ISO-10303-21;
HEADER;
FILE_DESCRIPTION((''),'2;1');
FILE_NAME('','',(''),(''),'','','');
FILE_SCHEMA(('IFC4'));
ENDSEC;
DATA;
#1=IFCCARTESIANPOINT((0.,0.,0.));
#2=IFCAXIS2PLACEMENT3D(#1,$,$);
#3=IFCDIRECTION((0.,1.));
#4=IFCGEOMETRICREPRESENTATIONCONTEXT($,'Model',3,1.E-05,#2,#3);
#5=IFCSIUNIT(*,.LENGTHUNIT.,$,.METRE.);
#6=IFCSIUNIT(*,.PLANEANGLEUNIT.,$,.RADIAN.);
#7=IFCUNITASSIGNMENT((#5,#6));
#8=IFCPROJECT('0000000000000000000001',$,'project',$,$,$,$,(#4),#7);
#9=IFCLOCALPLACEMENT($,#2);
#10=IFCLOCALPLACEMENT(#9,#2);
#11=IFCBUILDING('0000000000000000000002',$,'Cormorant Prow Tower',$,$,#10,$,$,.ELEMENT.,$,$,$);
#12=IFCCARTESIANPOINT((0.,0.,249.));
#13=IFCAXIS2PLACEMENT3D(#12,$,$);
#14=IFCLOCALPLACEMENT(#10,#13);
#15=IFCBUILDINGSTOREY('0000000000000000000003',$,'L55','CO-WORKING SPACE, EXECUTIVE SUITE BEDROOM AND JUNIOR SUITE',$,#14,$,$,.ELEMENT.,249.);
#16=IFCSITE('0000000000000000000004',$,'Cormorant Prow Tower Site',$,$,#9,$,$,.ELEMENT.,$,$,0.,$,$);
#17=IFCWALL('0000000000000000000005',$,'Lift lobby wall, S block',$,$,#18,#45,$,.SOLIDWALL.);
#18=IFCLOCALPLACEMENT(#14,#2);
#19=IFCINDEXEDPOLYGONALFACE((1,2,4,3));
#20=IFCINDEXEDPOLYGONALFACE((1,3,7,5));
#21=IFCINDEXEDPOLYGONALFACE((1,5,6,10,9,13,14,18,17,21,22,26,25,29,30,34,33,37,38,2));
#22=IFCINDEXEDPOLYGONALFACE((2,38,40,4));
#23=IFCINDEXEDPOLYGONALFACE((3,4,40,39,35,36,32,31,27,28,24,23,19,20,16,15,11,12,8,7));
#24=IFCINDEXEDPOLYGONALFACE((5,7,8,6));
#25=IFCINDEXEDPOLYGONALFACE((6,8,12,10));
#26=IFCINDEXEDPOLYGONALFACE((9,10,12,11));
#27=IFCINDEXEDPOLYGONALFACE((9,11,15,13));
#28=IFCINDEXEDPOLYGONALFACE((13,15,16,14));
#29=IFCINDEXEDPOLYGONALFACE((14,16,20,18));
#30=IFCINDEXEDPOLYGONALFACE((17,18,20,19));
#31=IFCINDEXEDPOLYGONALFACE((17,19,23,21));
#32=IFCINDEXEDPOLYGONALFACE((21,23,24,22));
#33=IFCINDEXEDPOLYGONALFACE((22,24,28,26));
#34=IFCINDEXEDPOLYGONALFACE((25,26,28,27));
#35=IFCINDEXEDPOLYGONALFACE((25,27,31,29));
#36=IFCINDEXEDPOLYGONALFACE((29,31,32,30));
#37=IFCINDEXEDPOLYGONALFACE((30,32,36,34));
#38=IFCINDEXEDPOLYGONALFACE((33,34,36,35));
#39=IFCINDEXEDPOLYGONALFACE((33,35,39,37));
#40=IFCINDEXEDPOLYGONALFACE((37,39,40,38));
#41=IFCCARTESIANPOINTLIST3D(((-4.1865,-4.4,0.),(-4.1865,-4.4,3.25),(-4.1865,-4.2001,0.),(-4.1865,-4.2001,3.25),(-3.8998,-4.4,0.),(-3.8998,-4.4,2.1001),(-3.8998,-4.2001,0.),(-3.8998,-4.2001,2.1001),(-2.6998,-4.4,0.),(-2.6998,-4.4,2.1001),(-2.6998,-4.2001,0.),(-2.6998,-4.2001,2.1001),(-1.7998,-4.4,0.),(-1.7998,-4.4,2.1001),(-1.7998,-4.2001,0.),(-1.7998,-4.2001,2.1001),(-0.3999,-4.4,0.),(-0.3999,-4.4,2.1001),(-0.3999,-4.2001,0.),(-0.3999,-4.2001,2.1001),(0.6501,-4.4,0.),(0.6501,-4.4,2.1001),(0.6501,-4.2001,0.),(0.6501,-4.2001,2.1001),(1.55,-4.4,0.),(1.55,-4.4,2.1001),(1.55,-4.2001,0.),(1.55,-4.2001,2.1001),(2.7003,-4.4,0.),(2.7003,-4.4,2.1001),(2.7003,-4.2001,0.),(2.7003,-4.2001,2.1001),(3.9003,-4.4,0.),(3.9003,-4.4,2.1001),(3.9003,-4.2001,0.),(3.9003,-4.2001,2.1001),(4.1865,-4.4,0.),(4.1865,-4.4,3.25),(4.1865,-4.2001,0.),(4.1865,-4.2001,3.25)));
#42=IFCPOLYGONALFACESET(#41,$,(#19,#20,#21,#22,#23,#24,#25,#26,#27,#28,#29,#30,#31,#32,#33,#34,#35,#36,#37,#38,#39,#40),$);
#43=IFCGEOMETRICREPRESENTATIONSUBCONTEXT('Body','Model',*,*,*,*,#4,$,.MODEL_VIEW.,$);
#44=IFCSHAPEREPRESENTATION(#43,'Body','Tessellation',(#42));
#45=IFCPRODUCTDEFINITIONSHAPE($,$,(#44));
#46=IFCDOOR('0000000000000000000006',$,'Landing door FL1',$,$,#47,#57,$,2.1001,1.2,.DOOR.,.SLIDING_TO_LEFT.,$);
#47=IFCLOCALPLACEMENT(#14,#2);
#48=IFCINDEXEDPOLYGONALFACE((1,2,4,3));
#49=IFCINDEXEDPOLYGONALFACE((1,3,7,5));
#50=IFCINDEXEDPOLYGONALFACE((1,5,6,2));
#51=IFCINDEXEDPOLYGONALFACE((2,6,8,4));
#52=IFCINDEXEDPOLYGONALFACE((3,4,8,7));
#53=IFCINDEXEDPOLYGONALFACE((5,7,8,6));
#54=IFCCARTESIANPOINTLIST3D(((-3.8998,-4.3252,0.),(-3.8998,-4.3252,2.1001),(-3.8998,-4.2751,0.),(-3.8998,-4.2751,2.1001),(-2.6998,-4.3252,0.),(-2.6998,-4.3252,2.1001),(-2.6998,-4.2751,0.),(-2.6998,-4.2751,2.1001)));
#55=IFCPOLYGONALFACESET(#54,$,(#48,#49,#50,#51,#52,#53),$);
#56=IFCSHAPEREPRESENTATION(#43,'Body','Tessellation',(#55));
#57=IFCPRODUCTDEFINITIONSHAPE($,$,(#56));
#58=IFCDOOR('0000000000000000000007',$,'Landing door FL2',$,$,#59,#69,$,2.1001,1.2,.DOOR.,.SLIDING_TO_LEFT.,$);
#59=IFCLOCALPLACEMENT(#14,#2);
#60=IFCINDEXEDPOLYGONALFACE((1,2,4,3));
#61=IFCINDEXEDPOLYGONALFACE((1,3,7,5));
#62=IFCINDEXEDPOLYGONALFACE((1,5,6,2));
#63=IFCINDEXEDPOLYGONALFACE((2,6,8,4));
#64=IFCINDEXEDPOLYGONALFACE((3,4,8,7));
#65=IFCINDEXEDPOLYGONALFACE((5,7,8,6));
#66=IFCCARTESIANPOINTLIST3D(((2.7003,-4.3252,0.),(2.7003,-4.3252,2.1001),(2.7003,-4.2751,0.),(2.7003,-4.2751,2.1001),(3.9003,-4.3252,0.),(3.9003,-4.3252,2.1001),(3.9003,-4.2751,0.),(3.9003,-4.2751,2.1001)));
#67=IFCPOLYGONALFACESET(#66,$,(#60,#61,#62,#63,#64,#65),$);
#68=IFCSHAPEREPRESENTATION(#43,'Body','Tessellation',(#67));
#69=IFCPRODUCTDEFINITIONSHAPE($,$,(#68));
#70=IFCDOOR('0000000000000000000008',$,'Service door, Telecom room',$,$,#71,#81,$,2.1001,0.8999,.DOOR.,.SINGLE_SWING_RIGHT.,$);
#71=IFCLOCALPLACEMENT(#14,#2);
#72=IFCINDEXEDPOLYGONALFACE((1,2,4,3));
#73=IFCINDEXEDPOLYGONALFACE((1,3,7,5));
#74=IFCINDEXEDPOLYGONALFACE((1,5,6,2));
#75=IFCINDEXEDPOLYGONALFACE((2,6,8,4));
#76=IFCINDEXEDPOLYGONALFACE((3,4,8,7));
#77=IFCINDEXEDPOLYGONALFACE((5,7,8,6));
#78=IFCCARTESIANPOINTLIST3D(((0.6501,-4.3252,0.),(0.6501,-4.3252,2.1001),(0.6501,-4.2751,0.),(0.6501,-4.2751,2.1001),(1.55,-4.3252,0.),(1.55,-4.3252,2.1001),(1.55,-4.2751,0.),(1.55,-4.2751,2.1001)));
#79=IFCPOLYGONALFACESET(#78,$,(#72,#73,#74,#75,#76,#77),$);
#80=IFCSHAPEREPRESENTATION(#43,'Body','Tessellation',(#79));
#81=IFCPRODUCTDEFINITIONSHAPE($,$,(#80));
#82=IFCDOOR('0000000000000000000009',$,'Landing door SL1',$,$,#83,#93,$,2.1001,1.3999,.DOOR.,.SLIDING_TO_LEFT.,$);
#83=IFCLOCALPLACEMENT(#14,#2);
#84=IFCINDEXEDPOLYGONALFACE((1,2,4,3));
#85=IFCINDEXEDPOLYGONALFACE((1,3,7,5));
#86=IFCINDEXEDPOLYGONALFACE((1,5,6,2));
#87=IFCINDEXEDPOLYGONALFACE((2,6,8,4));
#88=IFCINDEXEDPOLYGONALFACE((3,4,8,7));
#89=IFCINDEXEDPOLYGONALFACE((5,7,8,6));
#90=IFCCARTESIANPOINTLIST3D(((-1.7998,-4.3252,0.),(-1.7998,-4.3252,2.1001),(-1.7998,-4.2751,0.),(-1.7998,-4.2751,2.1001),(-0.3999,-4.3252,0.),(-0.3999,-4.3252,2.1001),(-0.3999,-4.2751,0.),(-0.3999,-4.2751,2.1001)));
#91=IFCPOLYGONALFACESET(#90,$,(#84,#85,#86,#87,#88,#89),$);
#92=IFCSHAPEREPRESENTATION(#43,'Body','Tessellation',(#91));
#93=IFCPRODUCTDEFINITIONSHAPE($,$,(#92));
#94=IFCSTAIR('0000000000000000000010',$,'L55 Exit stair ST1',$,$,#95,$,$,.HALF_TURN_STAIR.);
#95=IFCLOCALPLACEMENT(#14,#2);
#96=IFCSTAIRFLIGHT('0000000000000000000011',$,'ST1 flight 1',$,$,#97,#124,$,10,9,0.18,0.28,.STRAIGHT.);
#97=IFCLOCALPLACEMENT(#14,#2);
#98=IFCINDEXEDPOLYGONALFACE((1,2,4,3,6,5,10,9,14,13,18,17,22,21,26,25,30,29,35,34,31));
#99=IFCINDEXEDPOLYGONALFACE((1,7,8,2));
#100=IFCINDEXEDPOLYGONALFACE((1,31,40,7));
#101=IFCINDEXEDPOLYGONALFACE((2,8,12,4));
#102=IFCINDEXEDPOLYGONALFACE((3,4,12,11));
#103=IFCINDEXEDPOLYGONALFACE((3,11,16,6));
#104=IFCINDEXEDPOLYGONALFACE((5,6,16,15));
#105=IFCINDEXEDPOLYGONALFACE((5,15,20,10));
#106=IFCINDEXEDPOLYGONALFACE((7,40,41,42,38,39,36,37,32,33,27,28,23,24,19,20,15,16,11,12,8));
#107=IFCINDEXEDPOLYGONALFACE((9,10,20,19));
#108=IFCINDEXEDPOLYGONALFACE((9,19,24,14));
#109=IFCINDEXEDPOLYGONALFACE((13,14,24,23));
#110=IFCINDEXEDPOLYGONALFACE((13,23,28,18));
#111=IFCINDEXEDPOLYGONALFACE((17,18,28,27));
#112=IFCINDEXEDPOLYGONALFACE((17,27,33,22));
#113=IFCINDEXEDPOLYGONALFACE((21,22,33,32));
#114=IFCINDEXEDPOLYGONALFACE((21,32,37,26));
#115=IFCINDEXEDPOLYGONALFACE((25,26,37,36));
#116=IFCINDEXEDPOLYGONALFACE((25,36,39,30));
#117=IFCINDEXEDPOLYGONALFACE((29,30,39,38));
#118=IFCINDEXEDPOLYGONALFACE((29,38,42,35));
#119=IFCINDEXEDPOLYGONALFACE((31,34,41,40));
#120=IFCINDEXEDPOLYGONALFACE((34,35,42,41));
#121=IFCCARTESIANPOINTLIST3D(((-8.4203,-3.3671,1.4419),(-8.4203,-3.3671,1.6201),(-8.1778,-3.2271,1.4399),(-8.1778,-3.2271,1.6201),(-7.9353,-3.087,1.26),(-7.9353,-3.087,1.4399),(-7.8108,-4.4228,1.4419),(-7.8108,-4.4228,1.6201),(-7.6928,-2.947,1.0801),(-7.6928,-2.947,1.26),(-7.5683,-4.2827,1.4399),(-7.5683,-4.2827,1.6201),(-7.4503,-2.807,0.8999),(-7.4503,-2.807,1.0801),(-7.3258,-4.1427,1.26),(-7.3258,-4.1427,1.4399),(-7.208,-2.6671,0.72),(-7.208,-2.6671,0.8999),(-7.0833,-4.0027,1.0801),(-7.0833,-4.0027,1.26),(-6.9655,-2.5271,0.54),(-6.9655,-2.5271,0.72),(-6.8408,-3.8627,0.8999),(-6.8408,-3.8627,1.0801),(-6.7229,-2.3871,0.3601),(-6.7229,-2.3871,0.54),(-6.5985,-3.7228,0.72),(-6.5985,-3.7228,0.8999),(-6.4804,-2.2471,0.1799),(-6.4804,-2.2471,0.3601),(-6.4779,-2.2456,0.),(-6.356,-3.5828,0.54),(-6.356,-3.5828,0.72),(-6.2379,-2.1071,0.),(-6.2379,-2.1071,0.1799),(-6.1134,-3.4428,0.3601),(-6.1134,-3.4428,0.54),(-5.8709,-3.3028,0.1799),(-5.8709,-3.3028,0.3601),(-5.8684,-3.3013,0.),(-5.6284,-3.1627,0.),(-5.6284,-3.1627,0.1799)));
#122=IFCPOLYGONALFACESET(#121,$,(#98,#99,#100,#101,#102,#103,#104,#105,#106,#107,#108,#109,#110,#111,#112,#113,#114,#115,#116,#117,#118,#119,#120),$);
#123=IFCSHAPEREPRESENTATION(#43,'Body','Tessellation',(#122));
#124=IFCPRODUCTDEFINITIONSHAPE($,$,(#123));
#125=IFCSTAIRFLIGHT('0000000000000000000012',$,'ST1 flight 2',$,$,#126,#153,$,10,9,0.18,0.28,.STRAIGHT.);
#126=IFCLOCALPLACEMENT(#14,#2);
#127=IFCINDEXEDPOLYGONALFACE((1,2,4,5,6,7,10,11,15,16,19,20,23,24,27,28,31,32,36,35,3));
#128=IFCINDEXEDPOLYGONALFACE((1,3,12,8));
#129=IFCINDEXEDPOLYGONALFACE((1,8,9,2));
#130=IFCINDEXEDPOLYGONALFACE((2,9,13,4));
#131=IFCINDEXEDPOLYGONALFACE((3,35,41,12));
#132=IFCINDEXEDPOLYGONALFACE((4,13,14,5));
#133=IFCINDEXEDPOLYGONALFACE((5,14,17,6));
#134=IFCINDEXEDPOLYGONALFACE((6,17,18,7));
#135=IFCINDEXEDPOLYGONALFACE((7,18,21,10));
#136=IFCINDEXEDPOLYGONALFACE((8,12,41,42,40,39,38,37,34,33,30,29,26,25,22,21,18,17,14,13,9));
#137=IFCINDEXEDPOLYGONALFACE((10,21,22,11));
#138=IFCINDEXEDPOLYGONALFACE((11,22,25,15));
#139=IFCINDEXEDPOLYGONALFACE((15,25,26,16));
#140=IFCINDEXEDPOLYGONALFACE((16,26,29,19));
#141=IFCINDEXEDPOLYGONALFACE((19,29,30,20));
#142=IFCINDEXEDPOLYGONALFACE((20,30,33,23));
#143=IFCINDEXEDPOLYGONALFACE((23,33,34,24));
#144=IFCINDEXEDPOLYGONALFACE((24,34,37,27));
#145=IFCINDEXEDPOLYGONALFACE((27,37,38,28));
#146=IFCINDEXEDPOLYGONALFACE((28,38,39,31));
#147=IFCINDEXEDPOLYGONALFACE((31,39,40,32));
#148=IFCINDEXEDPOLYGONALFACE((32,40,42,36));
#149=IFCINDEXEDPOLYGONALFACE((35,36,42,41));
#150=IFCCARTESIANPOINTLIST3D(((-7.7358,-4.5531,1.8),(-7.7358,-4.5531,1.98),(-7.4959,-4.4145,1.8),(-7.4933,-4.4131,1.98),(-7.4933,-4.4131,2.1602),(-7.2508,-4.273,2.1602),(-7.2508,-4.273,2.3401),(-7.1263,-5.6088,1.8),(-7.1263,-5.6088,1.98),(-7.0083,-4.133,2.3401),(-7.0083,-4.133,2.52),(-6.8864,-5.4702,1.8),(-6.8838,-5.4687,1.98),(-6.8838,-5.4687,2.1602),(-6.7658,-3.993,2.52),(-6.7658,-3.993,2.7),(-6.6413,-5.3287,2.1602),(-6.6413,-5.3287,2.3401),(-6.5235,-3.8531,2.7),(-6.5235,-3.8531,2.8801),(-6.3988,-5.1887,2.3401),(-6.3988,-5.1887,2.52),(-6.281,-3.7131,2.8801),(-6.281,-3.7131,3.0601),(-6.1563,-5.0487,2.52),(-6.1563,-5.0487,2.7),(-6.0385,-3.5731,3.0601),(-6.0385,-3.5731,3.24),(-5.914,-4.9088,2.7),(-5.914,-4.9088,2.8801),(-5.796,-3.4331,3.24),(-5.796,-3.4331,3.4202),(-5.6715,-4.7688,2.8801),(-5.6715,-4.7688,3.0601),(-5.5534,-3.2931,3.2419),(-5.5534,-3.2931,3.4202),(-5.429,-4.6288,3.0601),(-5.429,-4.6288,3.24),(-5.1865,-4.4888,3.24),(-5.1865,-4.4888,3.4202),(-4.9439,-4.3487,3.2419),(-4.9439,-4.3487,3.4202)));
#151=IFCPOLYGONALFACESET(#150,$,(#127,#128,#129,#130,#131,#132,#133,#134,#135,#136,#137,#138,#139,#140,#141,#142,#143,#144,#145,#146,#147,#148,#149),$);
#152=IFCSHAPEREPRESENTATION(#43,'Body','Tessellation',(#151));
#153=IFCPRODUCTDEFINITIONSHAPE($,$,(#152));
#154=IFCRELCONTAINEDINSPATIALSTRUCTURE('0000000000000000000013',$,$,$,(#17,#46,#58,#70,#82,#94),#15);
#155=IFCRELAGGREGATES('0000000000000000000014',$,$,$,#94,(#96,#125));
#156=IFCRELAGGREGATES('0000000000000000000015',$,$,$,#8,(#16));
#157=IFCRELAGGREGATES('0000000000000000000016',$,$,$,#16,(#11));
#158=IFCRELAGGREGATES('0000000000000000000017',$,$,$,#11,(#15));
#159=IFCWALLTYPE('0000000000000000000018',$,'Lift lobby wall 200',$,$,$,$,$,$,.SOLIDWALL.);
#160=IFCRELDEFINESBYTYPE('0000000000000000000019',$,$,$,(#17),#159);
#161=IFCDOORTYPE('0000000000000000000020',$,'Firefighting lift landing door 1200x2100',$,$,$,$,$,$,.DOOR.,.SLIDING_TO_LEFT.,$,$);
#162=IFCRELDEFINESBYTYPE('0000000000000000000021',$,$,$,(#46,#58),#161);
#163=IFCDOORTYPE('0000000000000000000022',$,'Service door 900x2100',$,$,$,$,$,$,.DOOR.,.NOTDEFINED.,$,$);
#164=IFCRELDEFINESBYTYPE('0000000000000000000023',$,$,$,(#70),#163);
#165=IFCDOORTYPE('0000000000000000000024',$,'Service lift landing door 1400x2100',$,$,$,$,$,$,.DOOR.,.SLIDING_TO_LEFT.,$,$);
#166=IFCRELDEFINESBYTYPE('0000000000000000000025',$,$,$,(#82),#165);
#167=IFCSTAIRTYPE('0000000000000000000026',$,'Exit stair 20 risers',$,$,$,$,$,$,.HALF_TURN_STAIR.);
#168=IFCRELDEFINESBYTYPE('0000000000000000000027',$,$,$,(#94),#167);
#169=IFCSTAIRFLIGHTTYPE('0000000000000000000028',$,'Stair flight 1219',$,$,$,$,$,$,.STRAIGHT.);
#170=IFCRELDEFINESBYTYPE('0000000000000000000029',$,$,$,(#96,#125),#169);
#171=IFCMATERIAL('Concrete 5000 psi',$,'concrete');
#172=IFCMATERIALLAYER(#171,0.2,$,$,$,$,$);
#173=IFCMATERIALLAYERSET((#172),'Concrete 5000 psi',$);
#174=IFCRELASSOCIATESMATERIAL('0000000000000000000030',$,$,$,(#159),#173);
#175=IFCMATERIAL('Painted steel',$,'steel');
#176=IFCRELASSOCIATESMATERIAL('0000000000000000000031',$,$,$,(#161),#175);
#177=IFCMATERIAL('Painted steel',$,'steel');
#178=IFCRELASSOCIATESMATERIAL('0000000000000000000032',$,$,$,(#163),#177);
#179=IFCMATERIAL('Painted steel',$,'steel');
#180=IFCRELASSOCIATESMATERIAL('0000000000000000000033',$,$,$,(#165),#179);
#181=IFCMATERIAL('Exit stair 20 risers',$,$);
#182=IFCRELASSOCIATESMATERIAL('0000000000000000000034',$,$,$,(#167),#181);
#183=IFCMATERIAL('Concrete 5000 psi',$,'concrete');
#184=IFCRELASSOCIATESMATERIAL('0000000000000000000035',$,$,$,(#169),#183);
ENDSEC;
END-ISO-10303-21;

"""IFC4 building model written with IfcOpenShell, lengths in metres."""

from ifc_helpers import new_model, si_unit, direction, frame, frame_2d, origin, place, context, subcontext, project, spatial, polyline, rectangle, outline, extrude, material, layer, layer_set, type_object, element, fill, aggregate, save


model = new_model("IFC4")

# Units and contexts
model_context = context("Model", 3, precision=1e-05, world=origin(), true_north=direction((0.0, 1.0)))
body_context = subcontext(model_context, "Body", "Model", "MODEL_VIEW")
ifc_project = project(units=[si_unit("LENGTHUNIT", "METRE"), si_unit("PLANEANGLEUNIT", "RADIAN")], contexts=[model_context])

# Site, building, storey
site_placement = place(None, origin())
site = spatial("IfcSite", under=ifc_project, at=site_placement, Name="Cormorant Prow Tower Site", CompositionType="ELEMENT", RefElevation=0.0)
building_placement = place(site_placement, origin())
building = spatial("IfcBuilding", under=site, at=building_placement, Name="Cormorant Prow Tower", CompositionType="ELEMENT")
storey_placement = place(building_placement, frame((0.0, 0.0, 249.0)))
storey = spatial("IfcBuildingStorey", under=building, at=storey_placement, Name="L55", Description="CO-WORKING SPACE, EXECUTIVE SUITE BEDROOM AND JUNIOR SUITE", CompositionType="ELEMENT", Elevation=249.0)

# Wall, openings, doors
ifc_material_1 = material(Name="Concrete 5000 psi", Category="concrete")
ifc_layer_1 = layer(ifc_material_1, 0.2)
ifc_layer_set_1 = layer_set([ifc_layer_1], Name="Concrete 5000 psi")
wall_type_1 = type_object("IfcWallType", Name="Lift lobby wall 200", PredefinedType="SOLIDWALL", material=ifc_layer_set_1)
wall_1_placement = place(storey_placement, frame((-4.1865, -4.3, 0.0), z_axis=(0.0, 0.0, 1.0), x_axis=(1.0, 0.0, 0.0)))
wall_1 = element("IfcWall", 1, at=wall_1_placement, inside=storey, type_object=wall_type_1, Name="Lift lobby wall, S block", PredefinedType="SOLIDWALL", context=body_context, shape_type="SweptSolid", body=[
    extrude(rectangle(XDim=8.373, YDim=0.2, at=frame_2d((4.1865, 0.0))), origin(), (0.0, 0.0, 1.0), 3.25),
])
opening_1_placement = place(wall_1_placement, frame((0.2866, 0.0, 0.0)))
opening_1 = element("IfcOpeningElement", 2, at=opening_1_placement, cuts=wall_1, PredefinedType="OPENING", context=body_context, shape_type="SweptSolid", body=[
    extrude(rectangle(XDim=1.2, YDim=2.1001, at=frame_2d((0.6001, 1.05))), frame((0.0, 0.1099, 0.0), z_axis=(0.0, -1.0, 0.0), x_axis=(1.0, 0.0, 0.0)), (0.0, 0.0, 1.0), 0.22),
])
opening_2_placement = place(wall_1_placement, frame((2.3867, 0.0, 0.0)))
opening_2 = element("IfcOpeningElement", 3, at=opening_2_placement, cuts=wall_1, PredefinedType="OPENING", context=body_context, shape_type="SweptSolid", body=[
    extrude(rectangle(XDim=1.3999, YDim=2.1001, at=frame_2d((0.7, 1.05))), frame((0.0, 0.1099, 0.0), z_axis=(0.0, -1.0, 0.0), x_axis=(1.0, 0.0, 0.0)), (0.0, 0.0, 1.0), 0.22),
])
opening_3_placement = place(wall_1_placement, frame((4.8367, 0.0, 0.0)))
opening_3 = element("IfcOpeningElement", 4, at=opening_3_placement, cuts=wall_1, PredefinedType="OPENING", context=body_context, shape_type="SweptSolid", body=[
    extrude(rectangle(XDim=0.8999, YDim=2.1001, at=frame_2d((0.45, 1.05))), frame((0.0, 0.1099, 0.0), z_axis=(0.0, -1.0, 0.0), x_axis=(1.0, 0.0, 0.0)), (0.0, 0.0, 1.0), 0.22),
])
opening_4_placement = place(wall_1_placement, frame((6.8867, 0.0, 0.0)))
opening_4 = element("IfcOpeningElement", 5, at=opening_4_placement, cuts=wall_1, PredefinedType="OPENING", context=body_context, shape_type="SweptSolid", body=[
    extrude(rectangle(XDim=1.2, YDim=2.1001, at=frame_2d((0.6001, 1.05))), frame((0.0, 0.1099, 0.0), z_axis=(0.0, -1.0, 0.0), x_axis=(1.0, 0.0, 0.0)), (0.0, 0.0, 1.0), 0.22),
])
ifc_material_2 = material(Name="Painted steel", Category="steel")
door_type_1 = type_object("IfcDoorType", Name="Firefighting lift landing door 1200x2100", OperationType="SLIDING_TO_LEFT", PredefinedType="DOOR", material=ifc_material_2)
door_1_placement = place(opening_1_placement, origin())
door_1 = element("IfcDoor", 6, at=door_1_placement, inside=storey, type_object=door_type_1, Name="Landing door FL1", OperationType="SLIDING_TO_LEFT", OverallHeight=2.1001, OverallWidth=1.2, PredefinedType="DOOR", context=body_context, shape_type="SweptSolid", body=[
    extrude(rectangle(XDim=1.2, YDim=2.1001, at=frame_2d((0.6001, 1.05))), frame((0.0, 0.0249, 0.0), z_axis=(0.0, -1.0, 0.0), x_axis=(1.0, 0.0, 0.0)), (0.0, 0.0, 1.0), 0.05),
])
fill(opening_1, door_1)
door_2_placement = place(opening_4_placement, origin())
door_2 = element("IfcDoor", 7, at=door_2_placement, inside=storey, type_object=door_type_1, Name="Landing door FL2", OperationType="SLIDING_TO_LEFT", OverallHeight=2.1001, OverallWidth=1.2, PredefinedType="DOOR", context=body_context, shape_type="SweptSolid", body=[
    extrude(rectangle(XDim=1.2, YDim=2.1001, at=frame_2d((0.6001, 1.05))), frame((0.0, 0.0249, 0.0), z_axis=(0.0, -1.0, 0.0), x_axis=(1.0, 0.0, 0.0)), (0.0, 0.0, 1.0), 0.05),
])
fill(opening_4, door_2)
ifc_material_3 = material(Name="Painted steel", Category="steel")
door_type_2 = type_object("IfcDoorType", Name="Service door 900x2100", OperationType="NOTDEFINED", PredefinedType="DOOR", material=ifc_material_3)
door_3_placement = place(opening_3_placement, origin())
door_3 = element("IfcDoor", 8, at=door_3_placement, inside=storey, type_object=door_type_2, Name="Service door, Telecom room", OperationType="SINGLE_SWING_RIGHT", OverallHeight=2.1001, OverallWidth=0.8999, PredefinedType="DOOR", context=body_context, shape_type="SweptSolid", body=[
    extrude(rectangle(XDim=0.8999, YDim=2.1001, at=frame_2d((0.45, 1.05))), frame((0.0, 0.0249, 0.0), z_axis=(0.0, -1.0, 0.0), x_axis=(1.0, 0.0, 0.0)), (0.0, 0.0, 1.0), 0.05),
])
fill(opening_3, door_3)
ifc_material_4 = material(Name="Painted steel", Category="steel")
door_type_3 = type_object("IfcDoorType", Name="Service lift landing door 1400x2100", OperationType="SLIDING_TO_LEFT", PredefinedType="DOOR", material=ifc_material_4)
door_4_placement = place(opening_2_placement, origin())
door_4 = element("IfcDoor", 9, at=door_4_placement, inside=storey, type_object=door_type_3, Name="Landing door SL1", OperationType="SLIDING_TO_LEFT", OverallHeight=2.1001, OverallWidth=1.3999, PredefinedType="DOOR", context=body_context, shape_type="SweptSolid", body=[
    extrude(rectangle(XDim=1.3999, YDim=2.1001, at=frame_2d((0.7, 1.05))), frame((0.0, 0.0249, 0.0), z_axis=(0.0, -1.0, 0.0), x_axis=(1.0, 0.0, 0.0)), (0.0, 0.0, 1.0), 0.05),
])
fill(opening_2, door_4)

# Stair, stair flights
ifc_material_5 = material(Name="Exit stair 20 risers")
stair_type = type_object("IfcStairType", Name="Exit stair 20 risers", PredefinedType="HALF_TURN_STAIR", material=ifc_material_5)
stair_placement = place(storey_placement, origin())
stair = element("IfcStair", 10, at=stair_placement, inside=storey, type_object=stair_type, Name="L55 Exit stair ST1", PredefinedType="HALF_TURN_STAIR")
ifc_material_6 = material(Name="Concrete 5000 psi", Category="concrete")
stair_flight_type = type_object("IfcStairFlightType", Name="Stair flight 1219", PredefinedType="STRAIGHT", material=ifc_material_6)
stair_flight_1_placement = place(storey_placement, frame((-5.9331, -2.635, 0.0), z_axis=(0.0, 0.0, 1.0), x_axis=(-0.866025, -0.5, 0.0)))
stair_flight_1 = element("IfcStairFlight", 11, at=stair_flight_1_placement, type_object=stair_flight_type, Name="ST1 flight 1", NumberOfRisers=10, NumberOfTreads=9, PredefinedType="STRAIGHT", RiserHeight=0.18, TreadLength=0.28, context=body_context, shape_type="SweptSolid", body=[
    extrude(outline(polyline([(0.0, 0.0), (0.0, 0.1799), (0.28, 0.1799), (0.28, 0.3601), (0.5601, 0.3601), (0.5601, 0.54), (0.8401, 0.54), (0.8401, 0.72), (1.1201, 0.72), (1.1201, 0.8999), (1.3999, 0.8999), (1.3999, 1.0801), (1.6799, 1.0801), (1.6799, 1.26), (1.96, 1.26), (1.96, 1.4399), (2.24, 1.4399), (2.24, 1.6201), (2.52, 1.6201), (2.52, 1.8), (2.52, 1.4419), (0.2771, 0.0), (0.0, 0.0)])), frame((0.0, 0.6094, 0.0), z_axis=(0.0, -1.0, 0.0), x_axis=(1.0, 0.0, 0.0)), (0.0, 0.0, 1.0), 1.219),
])
stair_flight_2_placement = place(storey_placement, frame((-7.4312, -5.0808, 1.8), z_axis=(0.0, 0.0, 1.0), x_axis=(0.866025, 0.5, 0.0)))
stair_flight_2 = element("IfcStairFlight", 12, at=stair_flight_2_placement, type_object=stair_flight_type, Name="ST1 flight 2", NumberOfRisers=10, NumberOfTreads=9, PredefinedType="STRAIGHT", RiserHeight=0.18, TreadLength=0.28, context=body_context, shape_type="SweptSolid", body=[
    extrude(outline(polyline([(0.0, 0.0), (0.0, 0.1799), (0.28, 0.1799), (0.28, 0.3601), (0.5601, 0.3601), (0.5601, 0.54), (0.8401, 0.54), (0.8401, 0.72), (1.1201, 0.72), (1.1201, 0.8999), (1.3999, 0.8999), (1.3999, 1.0801), (1.6799, 1.0801), (1.6799, 1.26), (1.96, 1.26), (1.96, 1.4399), (2.24, 1.4399), (2.24, 1.6201), (2.52, 1.6201), (2.52, 1.8), (2.52, 1.4419), (0.2771, 0.0), (0.0, 0.0)])), frame((0.0, 0.6094, 0.0), z_axis=(0.0, -1.0, 0.0), x_axis=(1.0, 0.0, 0.0)), (0.0, 0.0, 1.0), 1.219),
])
aggregate(stair, [stair_flight_1, stair_flight_2])

save(model, "model.ifc")
